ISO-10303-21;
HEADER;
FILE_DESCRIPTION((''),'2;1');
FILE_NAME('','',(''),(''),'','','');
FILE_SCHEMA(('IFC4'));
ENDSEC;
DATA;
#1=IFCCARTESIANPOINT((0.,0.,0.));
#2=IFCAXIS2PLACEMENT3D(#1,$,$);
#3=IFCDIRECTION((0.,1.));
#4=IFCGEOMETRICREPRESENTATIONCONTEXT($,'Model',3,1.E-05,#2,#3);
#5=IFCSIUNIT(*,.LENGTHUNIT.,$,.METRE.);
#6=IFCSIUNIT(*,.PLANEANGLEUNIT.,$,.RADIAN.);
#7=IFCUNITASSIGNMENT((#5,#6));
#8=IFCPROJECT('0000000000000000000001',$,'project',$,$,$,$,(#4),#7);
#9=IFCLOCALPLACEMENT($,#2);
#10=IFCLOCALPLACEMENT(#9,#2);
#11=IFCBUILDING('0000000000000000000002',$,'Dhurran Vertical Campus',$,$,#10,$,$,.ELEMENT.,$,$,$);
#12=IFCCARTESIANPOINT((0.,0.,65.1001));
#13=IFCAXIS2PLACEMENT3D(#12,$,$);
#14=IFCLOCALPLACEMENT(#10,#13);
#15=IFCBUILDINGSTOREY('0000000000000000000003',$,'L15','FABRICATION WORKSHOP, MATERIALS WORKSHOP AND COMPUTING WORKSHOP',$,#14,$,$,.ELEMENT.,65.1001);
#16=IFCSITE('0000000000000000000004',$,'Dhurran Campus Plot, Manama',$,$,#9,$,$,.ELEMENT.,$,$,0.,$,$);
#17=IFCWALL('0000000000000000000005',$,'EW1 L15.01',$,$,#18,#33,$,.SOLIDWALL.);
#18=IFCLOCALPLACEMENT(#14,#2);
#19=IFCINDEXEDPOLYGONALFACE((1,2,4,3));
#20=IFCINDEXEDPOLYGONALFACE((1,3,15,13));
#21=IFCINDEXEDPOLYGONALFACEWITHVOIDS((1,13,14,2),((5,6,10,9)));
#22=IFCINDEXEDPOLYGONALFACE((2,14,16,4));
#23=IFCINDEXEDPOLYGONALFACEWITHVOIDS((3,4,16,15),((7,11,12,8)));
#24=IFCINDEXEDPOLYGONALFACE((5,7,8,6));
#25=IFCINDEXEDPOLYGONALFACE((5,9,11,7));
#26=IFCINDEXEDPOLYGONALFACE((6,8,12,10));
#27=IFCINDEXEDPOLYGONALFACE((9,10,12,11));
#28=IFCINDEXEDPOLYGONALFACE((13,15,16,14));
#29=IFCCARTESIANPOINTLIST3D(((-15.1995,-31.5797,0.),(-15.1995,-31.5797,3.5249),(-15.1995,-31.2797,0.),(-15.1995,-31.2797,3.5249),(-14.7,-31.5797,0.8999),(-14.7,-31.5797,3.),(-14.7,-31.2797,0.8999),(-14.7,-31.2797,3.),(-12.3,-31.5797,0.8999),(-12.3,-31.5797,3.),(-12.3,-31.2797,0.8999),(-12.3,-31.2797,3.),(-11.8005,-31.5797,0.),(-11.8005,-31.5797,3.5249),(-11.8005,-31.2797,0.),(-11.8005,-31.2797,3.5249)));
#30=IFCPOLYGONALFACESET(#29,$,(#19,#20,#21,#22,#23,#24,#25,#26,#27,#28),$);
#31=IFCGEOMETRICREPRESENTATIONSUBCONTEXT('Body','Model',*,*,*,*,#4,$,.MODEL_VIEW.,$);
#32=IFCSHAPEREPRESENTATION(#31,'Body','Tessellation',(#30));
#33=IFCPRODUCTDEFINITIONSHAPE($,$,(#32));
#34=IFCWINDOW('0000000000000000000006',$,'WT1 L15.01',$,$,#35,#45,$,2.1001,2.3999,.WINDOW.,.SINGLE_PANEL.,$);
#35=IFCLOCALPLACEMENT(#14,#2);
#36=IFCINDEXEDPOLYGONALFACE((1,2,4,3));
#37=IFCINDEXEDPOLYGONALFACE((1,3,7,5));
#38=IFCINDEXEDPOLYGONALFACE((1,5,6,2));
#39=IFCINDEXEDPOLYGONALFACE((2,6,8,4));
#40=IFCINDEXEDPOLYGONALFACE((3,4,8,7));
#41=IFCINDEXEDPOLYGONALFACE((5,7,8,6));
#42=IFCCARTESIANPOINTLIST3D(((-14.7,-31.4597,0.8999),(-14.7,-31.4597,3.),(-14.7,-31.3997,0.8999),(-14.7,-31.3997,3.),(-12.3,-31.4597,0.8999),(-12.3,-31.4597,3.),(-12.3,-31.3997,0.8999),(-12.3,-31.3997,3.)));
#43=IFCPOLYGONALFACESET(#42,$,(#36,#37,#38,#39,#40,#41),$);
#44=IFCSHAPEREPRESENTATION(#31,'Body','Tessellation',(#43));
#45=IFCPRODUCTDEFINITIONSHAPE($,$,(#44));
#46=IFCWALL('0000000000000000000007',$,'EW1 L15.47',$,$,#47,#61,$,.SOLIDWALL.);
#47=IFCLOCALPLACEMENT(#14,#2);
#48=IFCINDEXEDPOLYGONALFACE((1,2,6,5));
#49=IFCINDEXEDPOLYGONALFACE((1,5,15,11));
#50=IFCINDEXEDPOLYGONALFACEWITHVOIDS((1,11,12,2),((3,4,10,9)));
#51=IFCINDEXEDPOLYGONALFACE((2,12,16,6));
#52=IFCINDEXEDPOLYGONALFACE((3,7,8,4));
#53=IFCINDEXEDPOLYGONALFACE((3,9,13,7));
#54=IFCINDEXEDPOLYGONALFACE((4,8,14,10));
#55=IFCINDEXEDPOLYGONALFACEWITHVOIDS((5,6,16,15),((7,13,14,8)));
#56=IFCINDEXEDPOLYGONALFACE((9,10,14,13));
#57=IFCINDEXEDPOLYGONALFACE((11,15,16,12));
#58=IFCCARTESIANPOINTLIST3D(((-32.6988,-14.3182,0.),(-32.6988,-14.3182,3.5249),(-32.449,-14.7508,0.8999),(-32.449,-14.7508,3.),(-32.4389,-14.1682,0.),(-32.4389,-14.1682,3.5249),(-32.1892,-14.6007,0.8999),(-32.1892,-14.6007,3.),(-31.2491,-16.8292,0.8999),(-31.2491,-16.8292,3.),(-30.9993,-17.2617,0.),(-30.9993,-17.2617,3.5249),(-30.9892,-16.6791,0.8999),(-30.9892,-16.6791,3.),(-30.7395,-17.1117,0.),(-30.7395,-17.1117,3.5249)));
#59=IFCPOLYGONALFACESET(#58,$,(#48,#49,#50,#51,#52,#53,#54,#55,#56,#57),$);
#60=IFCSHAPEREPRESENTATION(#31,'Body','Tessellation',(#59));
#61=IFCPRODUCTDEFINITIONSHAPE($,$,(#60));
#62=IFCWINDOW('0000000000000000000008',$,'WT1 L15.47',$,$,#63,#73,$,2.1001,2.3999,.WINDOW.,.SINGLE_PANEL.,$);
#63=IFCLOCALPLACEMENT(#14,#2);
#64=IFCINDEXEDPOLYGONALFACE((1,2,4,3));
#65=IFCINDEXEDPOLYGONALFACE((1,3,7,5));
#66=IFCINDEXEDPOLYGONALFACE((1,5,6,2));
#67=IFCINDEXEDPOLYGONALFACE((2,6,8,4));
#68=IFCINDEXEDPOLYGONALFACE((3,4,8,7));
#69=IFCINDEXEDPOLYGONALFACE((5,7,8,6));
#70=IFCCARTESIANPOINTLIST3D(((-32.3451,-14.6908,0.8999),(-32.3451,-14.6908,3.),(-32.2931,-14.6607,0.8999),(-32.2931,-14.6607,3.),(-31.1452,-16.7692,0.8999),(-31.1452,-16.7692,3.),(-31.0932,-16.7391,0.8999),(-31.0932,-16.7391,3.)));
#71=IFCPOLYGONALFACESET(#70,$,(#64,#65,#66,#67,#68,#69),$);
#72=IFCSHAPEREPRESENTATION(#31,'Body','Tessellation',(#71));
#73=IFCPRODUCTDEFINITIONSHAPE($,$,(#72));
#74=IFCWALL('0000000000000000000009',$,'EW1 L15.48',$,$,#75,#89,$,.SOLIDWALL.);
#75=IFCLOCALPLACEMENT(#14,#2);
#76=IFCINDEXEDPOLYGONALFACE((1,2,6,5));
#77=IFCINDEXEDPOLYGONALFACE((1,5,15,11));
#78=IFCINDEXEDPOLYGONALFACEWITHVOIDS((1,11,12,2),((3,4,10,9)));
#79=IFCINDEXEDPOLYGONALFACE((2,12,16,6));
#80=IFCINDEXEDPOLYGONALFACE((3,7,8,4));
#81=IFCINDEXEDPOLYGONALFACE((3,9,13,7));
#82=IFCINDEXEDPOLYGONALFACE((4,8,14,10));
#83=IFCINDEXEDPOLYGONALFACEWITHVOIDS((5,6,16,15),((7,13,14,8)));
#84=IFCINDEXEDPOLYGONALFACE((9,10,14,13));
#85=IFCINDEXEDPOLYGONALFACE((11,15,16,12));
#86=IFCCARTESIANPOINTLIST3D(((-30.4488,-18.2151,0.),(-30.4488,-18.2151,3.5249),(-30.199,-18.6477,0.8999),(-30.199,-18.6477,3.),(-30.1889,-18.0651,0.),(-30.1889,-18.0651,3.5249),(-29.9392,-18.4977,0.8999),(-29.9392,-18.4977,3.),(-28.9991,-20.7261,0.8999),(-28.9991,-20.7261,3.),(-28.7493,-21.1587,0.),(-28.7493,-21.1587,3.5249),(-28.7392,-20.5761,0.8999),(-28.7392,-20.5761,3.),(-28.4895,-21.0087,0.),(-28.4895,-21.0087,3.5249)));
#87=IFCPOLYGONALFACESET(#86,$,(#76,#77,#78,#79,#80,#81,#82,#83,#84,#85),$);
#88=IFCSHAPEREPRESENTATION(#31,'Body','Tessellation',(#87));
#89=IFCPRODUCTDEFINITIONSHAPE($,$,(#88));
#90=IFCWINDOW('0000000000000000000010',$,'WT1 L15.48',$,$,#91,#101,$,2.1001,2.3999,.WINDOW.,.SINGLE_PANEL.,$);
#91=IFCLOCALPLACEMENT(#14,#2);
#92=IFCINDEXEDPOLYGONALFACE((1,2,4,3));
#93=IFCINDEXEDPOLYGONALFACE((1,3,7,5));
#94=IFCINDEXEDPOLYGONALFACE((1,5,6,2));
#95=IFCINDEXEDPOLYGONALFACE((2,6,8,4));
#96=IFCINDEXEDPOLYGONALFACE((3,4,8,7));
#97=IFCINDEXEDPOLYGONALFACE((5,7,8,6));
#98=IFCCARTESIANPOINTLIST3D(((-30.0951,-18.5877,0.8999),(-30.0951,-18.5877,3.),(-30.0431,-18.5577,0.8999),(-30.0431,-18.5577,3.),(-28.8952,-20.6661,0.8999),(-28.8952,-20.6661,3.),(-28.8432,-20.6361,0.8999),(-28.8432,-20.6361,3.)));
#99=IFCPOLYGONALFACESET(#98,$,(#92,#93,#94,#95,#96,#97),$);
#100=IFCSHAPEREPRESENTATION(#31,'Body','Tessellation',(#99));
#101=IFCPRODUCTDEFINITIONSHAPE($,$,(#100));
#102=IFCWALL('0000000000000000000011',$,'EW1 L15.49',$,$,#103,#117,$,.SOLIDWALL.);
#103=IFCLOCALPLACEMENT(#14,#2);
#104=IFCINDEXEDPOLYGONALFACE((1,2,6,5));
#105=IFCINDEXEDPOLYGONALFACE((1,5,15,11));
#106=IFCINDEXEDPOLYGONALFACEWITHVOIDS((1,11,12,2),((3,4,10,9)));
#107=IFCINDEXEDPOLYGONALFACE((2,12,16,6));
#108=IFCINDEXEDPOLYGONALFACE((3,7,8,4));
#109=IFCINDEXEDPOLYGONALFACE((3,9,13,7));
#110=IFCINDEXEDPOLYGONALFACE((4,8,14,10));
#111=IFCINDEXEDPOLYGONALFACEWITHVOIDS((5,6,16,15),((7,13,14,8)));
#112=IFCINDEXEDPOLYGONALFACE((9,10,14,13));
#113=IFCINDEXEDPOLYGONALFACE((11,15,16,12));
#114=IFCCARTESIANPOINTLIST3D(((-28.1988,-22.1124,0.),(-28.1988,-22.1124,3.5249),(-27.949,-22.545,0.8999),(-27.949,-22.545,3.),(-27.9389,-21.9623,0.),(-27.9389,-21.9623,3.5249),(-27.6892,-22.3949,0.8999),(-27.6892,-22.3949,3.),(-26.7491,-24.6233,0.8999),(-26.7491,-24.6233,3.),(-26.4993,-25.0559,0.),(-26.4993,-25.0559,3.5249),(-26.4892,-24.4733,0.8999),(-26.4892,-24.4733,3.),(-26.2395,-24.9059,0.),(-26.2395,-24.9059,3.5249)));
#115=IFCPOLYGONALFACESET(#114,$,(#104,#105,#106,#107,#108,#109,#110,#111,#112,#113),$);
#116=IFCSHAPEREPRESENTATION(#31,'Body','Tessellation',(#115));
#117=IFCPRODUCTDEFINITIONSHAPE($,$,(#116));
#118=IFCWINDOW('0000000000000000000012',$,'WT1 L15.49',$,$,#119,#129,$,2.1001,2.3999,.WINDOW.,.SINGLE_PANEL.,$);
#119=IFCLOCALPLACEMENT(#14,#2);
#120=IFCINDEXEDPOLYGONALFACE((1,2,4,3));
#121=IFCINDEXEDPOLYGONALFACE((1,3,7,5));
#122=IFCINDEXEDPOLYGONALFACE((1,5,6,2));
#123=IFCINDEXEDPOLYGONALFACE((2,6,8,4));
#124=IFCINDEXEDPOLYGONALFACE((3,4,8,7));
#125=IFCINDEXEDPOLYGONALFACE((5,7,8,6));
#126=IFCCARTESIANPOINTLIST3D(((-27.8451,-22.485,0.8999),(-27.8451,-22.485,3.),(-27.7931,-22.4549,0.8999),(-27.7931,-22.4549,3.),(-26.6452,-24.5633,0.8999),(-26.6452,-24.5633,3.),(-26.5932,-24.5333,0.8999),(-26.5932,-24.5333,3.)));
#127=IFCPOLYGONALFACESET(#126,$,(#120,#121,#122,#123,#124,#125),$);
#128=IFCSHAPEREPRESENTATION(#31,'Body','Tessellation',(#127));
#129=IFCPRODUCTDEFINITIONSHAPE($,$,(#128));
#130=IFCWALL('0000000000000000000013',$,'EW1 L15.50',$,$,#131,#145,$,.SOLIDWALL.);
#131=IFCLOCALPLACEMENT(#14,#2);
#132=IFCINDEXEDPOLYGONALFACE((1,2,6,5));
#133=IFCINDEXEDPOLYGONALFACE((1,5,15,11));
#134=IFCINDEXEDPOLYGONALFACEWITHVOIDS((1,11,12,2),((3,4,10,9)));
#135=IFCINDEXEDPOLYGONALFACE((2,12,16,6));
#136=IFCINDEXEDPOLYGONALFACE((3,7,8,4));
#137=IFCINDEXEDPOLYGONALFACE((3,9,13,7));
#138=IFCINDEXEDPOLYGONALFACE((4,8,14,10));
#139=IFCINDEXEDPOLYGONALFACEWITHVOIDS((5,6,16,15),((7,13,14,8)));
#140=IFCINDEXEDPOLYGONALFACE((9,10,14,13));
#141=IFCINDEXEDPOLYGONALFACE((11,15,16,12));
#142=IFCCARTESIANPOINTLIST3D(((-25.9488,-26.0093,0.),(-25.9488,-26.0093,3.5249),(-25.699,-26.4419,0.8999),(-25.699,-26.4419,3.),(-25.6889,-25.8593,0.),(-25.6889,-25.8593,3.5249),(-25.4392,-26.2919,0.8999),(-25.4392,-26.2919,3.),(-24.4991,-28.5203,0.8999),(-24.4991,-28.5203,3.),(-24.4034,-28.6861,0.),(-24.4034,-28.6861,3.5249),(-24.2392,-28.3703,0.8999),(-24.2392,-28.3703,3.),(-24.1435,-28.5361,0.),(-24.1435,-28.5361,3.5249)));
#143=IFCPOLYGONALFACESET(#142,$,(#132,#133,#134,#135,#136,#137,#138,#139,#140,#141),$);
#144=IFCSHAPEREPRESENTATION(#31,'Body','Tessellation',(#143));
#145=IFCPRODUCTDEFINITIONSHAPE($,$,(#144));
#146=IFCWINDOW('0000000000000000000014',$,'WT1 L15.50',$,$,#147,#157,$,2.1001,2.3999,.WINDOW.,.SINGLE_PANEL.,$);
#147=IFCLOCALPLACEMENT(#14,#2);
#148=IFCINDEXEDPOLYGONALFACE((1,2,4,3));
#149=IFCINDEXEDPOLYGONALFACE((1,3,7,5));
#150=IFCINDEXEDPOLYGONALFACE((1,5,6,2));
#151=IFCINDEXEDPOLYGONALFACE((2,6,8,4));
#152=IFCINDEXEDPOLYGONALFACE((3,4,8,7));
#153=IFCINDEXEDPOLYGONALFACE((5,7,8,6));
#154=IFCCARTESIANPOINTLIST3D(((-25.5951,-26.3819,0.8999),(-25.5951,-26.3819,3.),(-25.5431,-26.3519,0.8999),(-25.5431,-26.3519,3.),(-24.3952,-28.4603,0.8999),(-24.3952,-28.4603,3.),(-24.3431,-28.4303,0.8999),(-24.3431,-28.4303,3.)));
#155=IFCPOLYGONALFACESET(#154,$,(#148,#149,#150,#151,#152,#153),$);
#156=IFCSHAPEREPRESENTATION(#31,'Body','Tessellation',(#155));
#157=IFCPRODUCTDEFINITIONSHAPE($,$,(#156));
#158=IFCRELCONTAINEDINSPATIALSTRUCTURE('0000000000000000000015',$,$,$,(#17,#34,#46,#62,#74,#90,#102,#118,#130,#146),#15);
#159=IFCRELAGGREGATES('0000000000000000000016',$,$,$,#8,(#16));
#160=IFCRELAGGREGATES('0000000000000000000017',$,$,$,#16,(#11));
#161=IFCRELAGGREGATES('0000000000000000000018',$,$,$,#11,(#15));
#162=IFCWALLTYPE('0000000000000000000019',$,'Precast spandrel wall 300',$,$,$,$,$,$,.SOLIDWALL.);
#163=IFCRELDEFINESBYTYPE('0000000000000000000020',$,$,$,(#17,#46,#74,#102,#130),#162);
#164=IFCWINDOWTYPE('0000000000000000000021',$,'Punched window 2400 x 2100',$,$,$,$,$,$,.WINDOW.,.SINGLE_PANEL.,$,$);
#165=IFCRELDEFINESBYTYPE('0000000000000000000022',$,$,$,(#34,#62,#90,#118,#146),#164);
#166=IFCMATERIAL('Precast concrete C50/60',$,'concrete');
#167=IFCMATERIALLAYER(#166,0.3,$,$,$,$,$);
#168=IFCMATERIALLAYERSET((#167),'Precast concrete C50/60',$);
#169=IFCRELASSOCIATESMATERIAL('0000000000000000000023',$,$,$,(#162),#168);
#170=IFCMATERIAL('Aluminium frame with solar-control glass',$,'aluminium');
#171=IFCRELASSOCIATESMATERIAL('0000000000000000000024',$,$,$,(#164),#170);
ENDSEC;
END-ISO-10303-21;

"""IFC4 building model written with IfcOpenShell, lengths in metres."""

from ifc_helpers import new_model, si_unit, direction, frame, frame_2d, origin, place, context, subcontext, project, spatial, rectangle, extrude, material, layer, layer_set, type_object, element, fill, save


model = new_model("IFC4")

# Units and contexts
model_context = context("Model", 3, precision=1e-05, world=origin(), true_north=direction((0.0, 1.0)))
body_context = subcontext(model_context, "Body", "Model", "MODEL_VIEW")
ifc_project = project(units=[si_unit("LENGTHUNIT", "METRE"), si_unit("PLANEANGLEUNIT", "RADIAN")], contexts=[model_context])

# Site, building, storey
site_placement = place(None, origin())
site = spatial("IfcSite", under=ifc_project, at=site_placement, Name="Dhurran Campus Plot, Manama", CompositionType="ELEMENT", RefElevation=0.0)
building_placement = place(site_placement, origin())
building = spatial("IfcBuilding", under=site, at=building_placement, Name="Dhurran Vertical Campus", CompositionType="ELEMENT")
storey_placement = place(building_placement, frame((0.0, 0.0, 65.1001)))
storey = spatial("IfcBuildingStorey", under=building, at=storey_placement, Name="L15", Description="FABRICATION WORKSHOP, MATERIALS WORKSHOP AND COMPUTING WORKSHOP", CompositionType="ELEMENT", Elevation=65.1001)

# Walls, openings, windows
ifc_material_1 = material(Name="Precast concrete C50/60", Category="concrete")
ifc_layer_1 = layer(ifc_material_1, 0.3)
ifc_layer_set_1 = layer_set([ifc_layer_1], Name="Precast concrete C50/60")
wall_type_1 = type_object("IfcWallType", Name="Precast spandrel wall 300", PredefinedType="SOLIDWALL", material=ifc_layer_set_1)
ifc_material_2 = material(Name="Aluminium frame with solar-control glass", Category="aluminium")
window_type = type_object("IfcWindowType", Name="Punched window 2400 x 2100", PartitioningType="SINGLE_PANEL", PredefinedType="WINDOW", material=ifc_material_2)
wall_1_placement = place(storey_placement, frame((-15.1995, -31.4297, 0.0), z_axis=(0.0, 0.0, 1.0), x_axis=(1.0, 0.0, 0.0)))
wall_1 = element("IfcWall", 1, at=wall_1_placement, inside=storey, type_object=wall_type_1, Name="EW1 L15.01", PredefinedType="SOLIDWALL", context=body_context, shape_type="SweptSolid", body=[
    extrude(rectangle(XDim=3.3989, YDim=0.3, at=frame_2d((1.6995, 0.0))), origin(), (0.0, 0.0, 1.0), 3.5249),
])
opening_1_placement = place(wall_1_placement, frame((0.4995, 0.0, 0.8999)))
opening_1 = element("IfcOpeningElement", 2, at=opening_1_placement, cuts=wall_1, PredefinedType="OPENING", context=body_context, shape_type="SweptSolid", body=[
    extrude(rectangle(XDim=2.3999, YDim=2.1001, at=frame_2d((1.2, 1.05))), frame((0.0, 0.1599, 0.0), z_axis=(0.0, -1.0, 0.0), x_axis=(1.0, 0.0, 0.0)), (0.0, 0.0, 1.0), 0.3201),
])
window_1_placement = place(opening_1_placement, origin())
window_1 = element("IfcWindow", 3, at=window_1_placement, inside=storey, type_object=window_type, Name="WT1 L15.01", OverallHeight=2.1001, OverallWidth=2.3999, PartitioningType="SINGLE_PANEL", PredefinedType="WINDOW", context=body_context, shape_type="SweptSolid", body=[
    extrude(rectangle(XDim=2.3999, YDim=2.1001, at=frame_2d((1.2, 1.05))), frame((0.0, 0.03, 0.0), z_axis=(0.0, -1.0, 0.0), x_axis=(1.0, 0.0, 0.0)), (0.0, 0.0, 1.0), 0.0601),
])
fill(opening_1, window_1)
wall_2_placement = place(storey_placement, frame((-32.5688, -14.2432, 0.0), z_axis=(0.0, 0.0, 1.0), x_axis=(0.499994, -0.866029, 0.0)))
wall_2 = element("IfcWall", 4, at=wall_2_placement, inside=storey, type_object=wall_type_1, Name="EW1 L15.47", PredefinedType="SOLIDWALL", context=body_context, shape_type="SweptSolid", body=[
    extrude(rectangle(XDim=3.3989, YDim=0.3, at=frame_2d((1.6995, 0.0))), origin(), (0.0, 0.0, 1.0), 3.5249),
])
opening_2_placement = place(wall_2_placement, frame((0.4995, 0.0, 0.8999)))
opening_2 = element("IfcOpeningElement", 5, at=opening_2_placement, cuts=wall_2, PredefinedType="OPENING", context=body_context, shape_type="SweptSolid", body=[
    extrude(rectangle(XDim=2.3999, YDim=2.1001, at=frame_2d((1.2, 1.05))), frame((0.0, 0.1599, 0.0), z_axis=(0.0, -1.0, 0.0), x_axis=(1.0, 0.0, 0.0)), (0.0, 0.0, 1.0), 0.3201),
])
window_2_placement = place(opening_2_placement, origin())
window_2 = element("IfcWindow", 6, at=window_2_placement, inside=storey, type_object=window_type, Name="WT1 L15.47", OverallHeight=2.1001, OverallWidth=2.3999, PartitioningType="SINGLE_PANEL", PredefinedType="WINDOW", context=body_context, shape_type="SweptSolid", body=[
    extrude(rectangle(XDim=2.3999, YDim=2.1001, at=frame_2d((1.2, 1.05))), frame((0.0, 0.03, 0.0), z_axis=(0.0, -1.0, 0.0), x_axis=(1.0, 0.0, 0.0)), (0.0, 0.0, 1.0), 0.0601),
])
fill(opening_2, window_2)
wall_3_placement = place(storey_placement, frame((-30.3188, -18.1401, 0.0), z_axis=(0.0, 0.0, 1.0), x_axis=(0.499994, -0.866029, 0.0)))
wall_3 = element("IfcWall", 7, at=wall_3_placement, inside=storey, type_object=wall_type_1, Name="EW1 L15.48", PredefinedType="SOLIDWALL", context=body_context, shape_type="SweptSolid", body=[
    extrude(rectangle(XDim=3.3989, YDim=0.3, at=frame_2d((1.6995, 0.0))), origin(), (0.0, 0.0, 1.0), 3.5249),
])
opening_3_placement = place(wall_3_placement, frame((0.4995, 0.0, 0.8999)))
opening_3 = element("IfcOpeningElement", 8, at=opening_3_placement, cuts=wall_3, PredefinedType="OPENING", context=body_context, shape_type="SweptSolid", body=[
    extrude(rectangle(XDim=2.3999, YDim=2.1001, at=frame_2d((1.2, 1.05))), frame((0.0, 0.1599, 0.0), z_axis=(0.0, -1.0, 0.0), x_axis=(1.0, 0.0, 0.0)), (0.0, 0.0, 1.0), 0.3201),
])
window_3_placement = place(opening_3_placement, origin())
window_3 = element("IfcWindow", 9, at=window_3_placement, inside=storey, type_object=window_type, Name="WT1 L15.48", OverallHeight=2.1001, OverallWidth=2.3999, PartitioningType="SINGLE_PANEL", PredefinedType="WINDOW", context=body_context, shape_type="SweptSolid", body=[
    extrude(rectangle(XDim=2.3999, YDim=2.1001, at=frame_2d((1.2, 1.05))), frame((0.0, 0.03, 0.0), z_axis=(0.0, -1.0, 0.0), x_axis=(1.0, 0.0, 0.0)), (0.0, 0.0, 1.0), 0.0601),
])
fill(opening_3, window_3)
wall_4_placement = place(storey_placement, frame((-28.0688, -22.0374, 0.0), z_axis=(0.0, 0.0, 1.0), x_axis=(0.499994, -0.866029, 0.0)))
wall_4 = element("IfcWall", 10, at=wall_4_placement, inside=storey, type_object=wall_type_1, Name="EW1 L15.49", PredefinedType="SOLIDWALL", context=body_context, shape_type="SweptSolid", body=[
    extrude(rectangle(XDim=3.3989, YDim=0.3, at=frame_2d((1.6995, 0.0))), origin(), (0.0, 0.0, 1.0), 3.5249),
])
opening_4_placement = place(wall_4_placement, frame((0.4995, 0.0, 0.8999)))
opening_4 = element("IfcOpeningElement", 11, at=opening_4_placement, cuts=wall_4, PredefinedType="OPENING", context=body_context, shape_type="SweptSolid", body=[
    extrude(rectangle(XDim=2.3999, YDim=2.1001, at=frame_2d((1.2, 1.05))), frame((0.0, 0.1599, 0.0), z_axis=(0.0, -1.0, 0.0), x_axis=(1.0, 0.0, 0.0)), (0.0, 0.0, 1.0), 0.3201),
])
window_4_placement = place(opening_4_placement, origin())
window_4 = element("IfcWindow", 12, at=window_4_placement, inside=storey, type_object=window_type, Name="WT1 L15.49", OverallHeight=2.1001, OverallWidth=2.3999, PartitioningType="SINGLE_PANEL", PredefinedType="WINDOW", context=body_context, shape_type="SweptSolid", body=[
    extrude(rectangle(XDim=2.3999, YDim=2.1001, at=frame_2d((1.2, 1.05))), frame((0.0, 0.03, 0.0), z_axis=(0.0, -1.0, 0.0), x_axis=(1.0, 0.0, 0.0)), (0.0, 0.0, 1.0), 0.0601),
])
fill(opening_4, window_4)
wall_5_placement = place(storey_placement, frame((-25.8188, -25.9343, 0.0), z_axis=(0.0, 0.0, 1.0), x_axis=(0.499996, -0.866028, 0.0)))
wall_5 = element("IfcWall", 13, at=wall_5_placement, inside=storey, type_object=wall_type_1, Name="EW1 L15.50", PredefinedType="SOLIDWALL", context=body_context, shape_type="SweptSolid", body=[
    extrude(rectangle(XDim=3.0908, YDim=0.3, at=frame_2d((1.5454, 0.0))), origin(), (0.0, 0.0, 1.0), 3.5249),
])
opening_5_placement = place(wall_5_placement, frame((0.4995, 0.0, 0.8999)))
opening_5 = element("IfcOpeningElement", 14, at=opening_5_placement, cuts=wall_5, PredefinedType="OPENING", context=body_context, shape_type="SweptSolid", body=[
    extrude(rectangle(XDim=2.3999, YDim=2.1001, at=frame_2d((1.2, 1.05))), frame((0.0, 0.1599, 0.0), z_axis=(0.0, -1.0, 0.0), x_axis=(1.0, 0.0, 0.0)), (0.0, 0.0, 1.0), 0.3201),
])
window_5_placement = place(opening_5_placement, origin())
window_5 = element("IfcWindow", 15, at=window_5_placement, inside=storey, type_object=window_type, Name="WT1 L15.50", OverallHeight=2.1001, OverallWidth=2.3999, PartitioningType="SINGLE_PANEL", PredefinedType="WINDOW", context=body_context, shape_type="SweptSolid", body=[
    extrude(rectangle(XDim=2.3999, YDim=2.1001, at=frame_2d((1.2, 1.05))), frame((0.0, 0.03, 0.0), z_axis=(0.0, -1.0, 0.0), x_axis=(1.0, 0.0, 0.0)), (0.0, 0.0, 1.0), 0.0601),
])
fill(opening_5, window_5)

save(model, "model.ifc")
